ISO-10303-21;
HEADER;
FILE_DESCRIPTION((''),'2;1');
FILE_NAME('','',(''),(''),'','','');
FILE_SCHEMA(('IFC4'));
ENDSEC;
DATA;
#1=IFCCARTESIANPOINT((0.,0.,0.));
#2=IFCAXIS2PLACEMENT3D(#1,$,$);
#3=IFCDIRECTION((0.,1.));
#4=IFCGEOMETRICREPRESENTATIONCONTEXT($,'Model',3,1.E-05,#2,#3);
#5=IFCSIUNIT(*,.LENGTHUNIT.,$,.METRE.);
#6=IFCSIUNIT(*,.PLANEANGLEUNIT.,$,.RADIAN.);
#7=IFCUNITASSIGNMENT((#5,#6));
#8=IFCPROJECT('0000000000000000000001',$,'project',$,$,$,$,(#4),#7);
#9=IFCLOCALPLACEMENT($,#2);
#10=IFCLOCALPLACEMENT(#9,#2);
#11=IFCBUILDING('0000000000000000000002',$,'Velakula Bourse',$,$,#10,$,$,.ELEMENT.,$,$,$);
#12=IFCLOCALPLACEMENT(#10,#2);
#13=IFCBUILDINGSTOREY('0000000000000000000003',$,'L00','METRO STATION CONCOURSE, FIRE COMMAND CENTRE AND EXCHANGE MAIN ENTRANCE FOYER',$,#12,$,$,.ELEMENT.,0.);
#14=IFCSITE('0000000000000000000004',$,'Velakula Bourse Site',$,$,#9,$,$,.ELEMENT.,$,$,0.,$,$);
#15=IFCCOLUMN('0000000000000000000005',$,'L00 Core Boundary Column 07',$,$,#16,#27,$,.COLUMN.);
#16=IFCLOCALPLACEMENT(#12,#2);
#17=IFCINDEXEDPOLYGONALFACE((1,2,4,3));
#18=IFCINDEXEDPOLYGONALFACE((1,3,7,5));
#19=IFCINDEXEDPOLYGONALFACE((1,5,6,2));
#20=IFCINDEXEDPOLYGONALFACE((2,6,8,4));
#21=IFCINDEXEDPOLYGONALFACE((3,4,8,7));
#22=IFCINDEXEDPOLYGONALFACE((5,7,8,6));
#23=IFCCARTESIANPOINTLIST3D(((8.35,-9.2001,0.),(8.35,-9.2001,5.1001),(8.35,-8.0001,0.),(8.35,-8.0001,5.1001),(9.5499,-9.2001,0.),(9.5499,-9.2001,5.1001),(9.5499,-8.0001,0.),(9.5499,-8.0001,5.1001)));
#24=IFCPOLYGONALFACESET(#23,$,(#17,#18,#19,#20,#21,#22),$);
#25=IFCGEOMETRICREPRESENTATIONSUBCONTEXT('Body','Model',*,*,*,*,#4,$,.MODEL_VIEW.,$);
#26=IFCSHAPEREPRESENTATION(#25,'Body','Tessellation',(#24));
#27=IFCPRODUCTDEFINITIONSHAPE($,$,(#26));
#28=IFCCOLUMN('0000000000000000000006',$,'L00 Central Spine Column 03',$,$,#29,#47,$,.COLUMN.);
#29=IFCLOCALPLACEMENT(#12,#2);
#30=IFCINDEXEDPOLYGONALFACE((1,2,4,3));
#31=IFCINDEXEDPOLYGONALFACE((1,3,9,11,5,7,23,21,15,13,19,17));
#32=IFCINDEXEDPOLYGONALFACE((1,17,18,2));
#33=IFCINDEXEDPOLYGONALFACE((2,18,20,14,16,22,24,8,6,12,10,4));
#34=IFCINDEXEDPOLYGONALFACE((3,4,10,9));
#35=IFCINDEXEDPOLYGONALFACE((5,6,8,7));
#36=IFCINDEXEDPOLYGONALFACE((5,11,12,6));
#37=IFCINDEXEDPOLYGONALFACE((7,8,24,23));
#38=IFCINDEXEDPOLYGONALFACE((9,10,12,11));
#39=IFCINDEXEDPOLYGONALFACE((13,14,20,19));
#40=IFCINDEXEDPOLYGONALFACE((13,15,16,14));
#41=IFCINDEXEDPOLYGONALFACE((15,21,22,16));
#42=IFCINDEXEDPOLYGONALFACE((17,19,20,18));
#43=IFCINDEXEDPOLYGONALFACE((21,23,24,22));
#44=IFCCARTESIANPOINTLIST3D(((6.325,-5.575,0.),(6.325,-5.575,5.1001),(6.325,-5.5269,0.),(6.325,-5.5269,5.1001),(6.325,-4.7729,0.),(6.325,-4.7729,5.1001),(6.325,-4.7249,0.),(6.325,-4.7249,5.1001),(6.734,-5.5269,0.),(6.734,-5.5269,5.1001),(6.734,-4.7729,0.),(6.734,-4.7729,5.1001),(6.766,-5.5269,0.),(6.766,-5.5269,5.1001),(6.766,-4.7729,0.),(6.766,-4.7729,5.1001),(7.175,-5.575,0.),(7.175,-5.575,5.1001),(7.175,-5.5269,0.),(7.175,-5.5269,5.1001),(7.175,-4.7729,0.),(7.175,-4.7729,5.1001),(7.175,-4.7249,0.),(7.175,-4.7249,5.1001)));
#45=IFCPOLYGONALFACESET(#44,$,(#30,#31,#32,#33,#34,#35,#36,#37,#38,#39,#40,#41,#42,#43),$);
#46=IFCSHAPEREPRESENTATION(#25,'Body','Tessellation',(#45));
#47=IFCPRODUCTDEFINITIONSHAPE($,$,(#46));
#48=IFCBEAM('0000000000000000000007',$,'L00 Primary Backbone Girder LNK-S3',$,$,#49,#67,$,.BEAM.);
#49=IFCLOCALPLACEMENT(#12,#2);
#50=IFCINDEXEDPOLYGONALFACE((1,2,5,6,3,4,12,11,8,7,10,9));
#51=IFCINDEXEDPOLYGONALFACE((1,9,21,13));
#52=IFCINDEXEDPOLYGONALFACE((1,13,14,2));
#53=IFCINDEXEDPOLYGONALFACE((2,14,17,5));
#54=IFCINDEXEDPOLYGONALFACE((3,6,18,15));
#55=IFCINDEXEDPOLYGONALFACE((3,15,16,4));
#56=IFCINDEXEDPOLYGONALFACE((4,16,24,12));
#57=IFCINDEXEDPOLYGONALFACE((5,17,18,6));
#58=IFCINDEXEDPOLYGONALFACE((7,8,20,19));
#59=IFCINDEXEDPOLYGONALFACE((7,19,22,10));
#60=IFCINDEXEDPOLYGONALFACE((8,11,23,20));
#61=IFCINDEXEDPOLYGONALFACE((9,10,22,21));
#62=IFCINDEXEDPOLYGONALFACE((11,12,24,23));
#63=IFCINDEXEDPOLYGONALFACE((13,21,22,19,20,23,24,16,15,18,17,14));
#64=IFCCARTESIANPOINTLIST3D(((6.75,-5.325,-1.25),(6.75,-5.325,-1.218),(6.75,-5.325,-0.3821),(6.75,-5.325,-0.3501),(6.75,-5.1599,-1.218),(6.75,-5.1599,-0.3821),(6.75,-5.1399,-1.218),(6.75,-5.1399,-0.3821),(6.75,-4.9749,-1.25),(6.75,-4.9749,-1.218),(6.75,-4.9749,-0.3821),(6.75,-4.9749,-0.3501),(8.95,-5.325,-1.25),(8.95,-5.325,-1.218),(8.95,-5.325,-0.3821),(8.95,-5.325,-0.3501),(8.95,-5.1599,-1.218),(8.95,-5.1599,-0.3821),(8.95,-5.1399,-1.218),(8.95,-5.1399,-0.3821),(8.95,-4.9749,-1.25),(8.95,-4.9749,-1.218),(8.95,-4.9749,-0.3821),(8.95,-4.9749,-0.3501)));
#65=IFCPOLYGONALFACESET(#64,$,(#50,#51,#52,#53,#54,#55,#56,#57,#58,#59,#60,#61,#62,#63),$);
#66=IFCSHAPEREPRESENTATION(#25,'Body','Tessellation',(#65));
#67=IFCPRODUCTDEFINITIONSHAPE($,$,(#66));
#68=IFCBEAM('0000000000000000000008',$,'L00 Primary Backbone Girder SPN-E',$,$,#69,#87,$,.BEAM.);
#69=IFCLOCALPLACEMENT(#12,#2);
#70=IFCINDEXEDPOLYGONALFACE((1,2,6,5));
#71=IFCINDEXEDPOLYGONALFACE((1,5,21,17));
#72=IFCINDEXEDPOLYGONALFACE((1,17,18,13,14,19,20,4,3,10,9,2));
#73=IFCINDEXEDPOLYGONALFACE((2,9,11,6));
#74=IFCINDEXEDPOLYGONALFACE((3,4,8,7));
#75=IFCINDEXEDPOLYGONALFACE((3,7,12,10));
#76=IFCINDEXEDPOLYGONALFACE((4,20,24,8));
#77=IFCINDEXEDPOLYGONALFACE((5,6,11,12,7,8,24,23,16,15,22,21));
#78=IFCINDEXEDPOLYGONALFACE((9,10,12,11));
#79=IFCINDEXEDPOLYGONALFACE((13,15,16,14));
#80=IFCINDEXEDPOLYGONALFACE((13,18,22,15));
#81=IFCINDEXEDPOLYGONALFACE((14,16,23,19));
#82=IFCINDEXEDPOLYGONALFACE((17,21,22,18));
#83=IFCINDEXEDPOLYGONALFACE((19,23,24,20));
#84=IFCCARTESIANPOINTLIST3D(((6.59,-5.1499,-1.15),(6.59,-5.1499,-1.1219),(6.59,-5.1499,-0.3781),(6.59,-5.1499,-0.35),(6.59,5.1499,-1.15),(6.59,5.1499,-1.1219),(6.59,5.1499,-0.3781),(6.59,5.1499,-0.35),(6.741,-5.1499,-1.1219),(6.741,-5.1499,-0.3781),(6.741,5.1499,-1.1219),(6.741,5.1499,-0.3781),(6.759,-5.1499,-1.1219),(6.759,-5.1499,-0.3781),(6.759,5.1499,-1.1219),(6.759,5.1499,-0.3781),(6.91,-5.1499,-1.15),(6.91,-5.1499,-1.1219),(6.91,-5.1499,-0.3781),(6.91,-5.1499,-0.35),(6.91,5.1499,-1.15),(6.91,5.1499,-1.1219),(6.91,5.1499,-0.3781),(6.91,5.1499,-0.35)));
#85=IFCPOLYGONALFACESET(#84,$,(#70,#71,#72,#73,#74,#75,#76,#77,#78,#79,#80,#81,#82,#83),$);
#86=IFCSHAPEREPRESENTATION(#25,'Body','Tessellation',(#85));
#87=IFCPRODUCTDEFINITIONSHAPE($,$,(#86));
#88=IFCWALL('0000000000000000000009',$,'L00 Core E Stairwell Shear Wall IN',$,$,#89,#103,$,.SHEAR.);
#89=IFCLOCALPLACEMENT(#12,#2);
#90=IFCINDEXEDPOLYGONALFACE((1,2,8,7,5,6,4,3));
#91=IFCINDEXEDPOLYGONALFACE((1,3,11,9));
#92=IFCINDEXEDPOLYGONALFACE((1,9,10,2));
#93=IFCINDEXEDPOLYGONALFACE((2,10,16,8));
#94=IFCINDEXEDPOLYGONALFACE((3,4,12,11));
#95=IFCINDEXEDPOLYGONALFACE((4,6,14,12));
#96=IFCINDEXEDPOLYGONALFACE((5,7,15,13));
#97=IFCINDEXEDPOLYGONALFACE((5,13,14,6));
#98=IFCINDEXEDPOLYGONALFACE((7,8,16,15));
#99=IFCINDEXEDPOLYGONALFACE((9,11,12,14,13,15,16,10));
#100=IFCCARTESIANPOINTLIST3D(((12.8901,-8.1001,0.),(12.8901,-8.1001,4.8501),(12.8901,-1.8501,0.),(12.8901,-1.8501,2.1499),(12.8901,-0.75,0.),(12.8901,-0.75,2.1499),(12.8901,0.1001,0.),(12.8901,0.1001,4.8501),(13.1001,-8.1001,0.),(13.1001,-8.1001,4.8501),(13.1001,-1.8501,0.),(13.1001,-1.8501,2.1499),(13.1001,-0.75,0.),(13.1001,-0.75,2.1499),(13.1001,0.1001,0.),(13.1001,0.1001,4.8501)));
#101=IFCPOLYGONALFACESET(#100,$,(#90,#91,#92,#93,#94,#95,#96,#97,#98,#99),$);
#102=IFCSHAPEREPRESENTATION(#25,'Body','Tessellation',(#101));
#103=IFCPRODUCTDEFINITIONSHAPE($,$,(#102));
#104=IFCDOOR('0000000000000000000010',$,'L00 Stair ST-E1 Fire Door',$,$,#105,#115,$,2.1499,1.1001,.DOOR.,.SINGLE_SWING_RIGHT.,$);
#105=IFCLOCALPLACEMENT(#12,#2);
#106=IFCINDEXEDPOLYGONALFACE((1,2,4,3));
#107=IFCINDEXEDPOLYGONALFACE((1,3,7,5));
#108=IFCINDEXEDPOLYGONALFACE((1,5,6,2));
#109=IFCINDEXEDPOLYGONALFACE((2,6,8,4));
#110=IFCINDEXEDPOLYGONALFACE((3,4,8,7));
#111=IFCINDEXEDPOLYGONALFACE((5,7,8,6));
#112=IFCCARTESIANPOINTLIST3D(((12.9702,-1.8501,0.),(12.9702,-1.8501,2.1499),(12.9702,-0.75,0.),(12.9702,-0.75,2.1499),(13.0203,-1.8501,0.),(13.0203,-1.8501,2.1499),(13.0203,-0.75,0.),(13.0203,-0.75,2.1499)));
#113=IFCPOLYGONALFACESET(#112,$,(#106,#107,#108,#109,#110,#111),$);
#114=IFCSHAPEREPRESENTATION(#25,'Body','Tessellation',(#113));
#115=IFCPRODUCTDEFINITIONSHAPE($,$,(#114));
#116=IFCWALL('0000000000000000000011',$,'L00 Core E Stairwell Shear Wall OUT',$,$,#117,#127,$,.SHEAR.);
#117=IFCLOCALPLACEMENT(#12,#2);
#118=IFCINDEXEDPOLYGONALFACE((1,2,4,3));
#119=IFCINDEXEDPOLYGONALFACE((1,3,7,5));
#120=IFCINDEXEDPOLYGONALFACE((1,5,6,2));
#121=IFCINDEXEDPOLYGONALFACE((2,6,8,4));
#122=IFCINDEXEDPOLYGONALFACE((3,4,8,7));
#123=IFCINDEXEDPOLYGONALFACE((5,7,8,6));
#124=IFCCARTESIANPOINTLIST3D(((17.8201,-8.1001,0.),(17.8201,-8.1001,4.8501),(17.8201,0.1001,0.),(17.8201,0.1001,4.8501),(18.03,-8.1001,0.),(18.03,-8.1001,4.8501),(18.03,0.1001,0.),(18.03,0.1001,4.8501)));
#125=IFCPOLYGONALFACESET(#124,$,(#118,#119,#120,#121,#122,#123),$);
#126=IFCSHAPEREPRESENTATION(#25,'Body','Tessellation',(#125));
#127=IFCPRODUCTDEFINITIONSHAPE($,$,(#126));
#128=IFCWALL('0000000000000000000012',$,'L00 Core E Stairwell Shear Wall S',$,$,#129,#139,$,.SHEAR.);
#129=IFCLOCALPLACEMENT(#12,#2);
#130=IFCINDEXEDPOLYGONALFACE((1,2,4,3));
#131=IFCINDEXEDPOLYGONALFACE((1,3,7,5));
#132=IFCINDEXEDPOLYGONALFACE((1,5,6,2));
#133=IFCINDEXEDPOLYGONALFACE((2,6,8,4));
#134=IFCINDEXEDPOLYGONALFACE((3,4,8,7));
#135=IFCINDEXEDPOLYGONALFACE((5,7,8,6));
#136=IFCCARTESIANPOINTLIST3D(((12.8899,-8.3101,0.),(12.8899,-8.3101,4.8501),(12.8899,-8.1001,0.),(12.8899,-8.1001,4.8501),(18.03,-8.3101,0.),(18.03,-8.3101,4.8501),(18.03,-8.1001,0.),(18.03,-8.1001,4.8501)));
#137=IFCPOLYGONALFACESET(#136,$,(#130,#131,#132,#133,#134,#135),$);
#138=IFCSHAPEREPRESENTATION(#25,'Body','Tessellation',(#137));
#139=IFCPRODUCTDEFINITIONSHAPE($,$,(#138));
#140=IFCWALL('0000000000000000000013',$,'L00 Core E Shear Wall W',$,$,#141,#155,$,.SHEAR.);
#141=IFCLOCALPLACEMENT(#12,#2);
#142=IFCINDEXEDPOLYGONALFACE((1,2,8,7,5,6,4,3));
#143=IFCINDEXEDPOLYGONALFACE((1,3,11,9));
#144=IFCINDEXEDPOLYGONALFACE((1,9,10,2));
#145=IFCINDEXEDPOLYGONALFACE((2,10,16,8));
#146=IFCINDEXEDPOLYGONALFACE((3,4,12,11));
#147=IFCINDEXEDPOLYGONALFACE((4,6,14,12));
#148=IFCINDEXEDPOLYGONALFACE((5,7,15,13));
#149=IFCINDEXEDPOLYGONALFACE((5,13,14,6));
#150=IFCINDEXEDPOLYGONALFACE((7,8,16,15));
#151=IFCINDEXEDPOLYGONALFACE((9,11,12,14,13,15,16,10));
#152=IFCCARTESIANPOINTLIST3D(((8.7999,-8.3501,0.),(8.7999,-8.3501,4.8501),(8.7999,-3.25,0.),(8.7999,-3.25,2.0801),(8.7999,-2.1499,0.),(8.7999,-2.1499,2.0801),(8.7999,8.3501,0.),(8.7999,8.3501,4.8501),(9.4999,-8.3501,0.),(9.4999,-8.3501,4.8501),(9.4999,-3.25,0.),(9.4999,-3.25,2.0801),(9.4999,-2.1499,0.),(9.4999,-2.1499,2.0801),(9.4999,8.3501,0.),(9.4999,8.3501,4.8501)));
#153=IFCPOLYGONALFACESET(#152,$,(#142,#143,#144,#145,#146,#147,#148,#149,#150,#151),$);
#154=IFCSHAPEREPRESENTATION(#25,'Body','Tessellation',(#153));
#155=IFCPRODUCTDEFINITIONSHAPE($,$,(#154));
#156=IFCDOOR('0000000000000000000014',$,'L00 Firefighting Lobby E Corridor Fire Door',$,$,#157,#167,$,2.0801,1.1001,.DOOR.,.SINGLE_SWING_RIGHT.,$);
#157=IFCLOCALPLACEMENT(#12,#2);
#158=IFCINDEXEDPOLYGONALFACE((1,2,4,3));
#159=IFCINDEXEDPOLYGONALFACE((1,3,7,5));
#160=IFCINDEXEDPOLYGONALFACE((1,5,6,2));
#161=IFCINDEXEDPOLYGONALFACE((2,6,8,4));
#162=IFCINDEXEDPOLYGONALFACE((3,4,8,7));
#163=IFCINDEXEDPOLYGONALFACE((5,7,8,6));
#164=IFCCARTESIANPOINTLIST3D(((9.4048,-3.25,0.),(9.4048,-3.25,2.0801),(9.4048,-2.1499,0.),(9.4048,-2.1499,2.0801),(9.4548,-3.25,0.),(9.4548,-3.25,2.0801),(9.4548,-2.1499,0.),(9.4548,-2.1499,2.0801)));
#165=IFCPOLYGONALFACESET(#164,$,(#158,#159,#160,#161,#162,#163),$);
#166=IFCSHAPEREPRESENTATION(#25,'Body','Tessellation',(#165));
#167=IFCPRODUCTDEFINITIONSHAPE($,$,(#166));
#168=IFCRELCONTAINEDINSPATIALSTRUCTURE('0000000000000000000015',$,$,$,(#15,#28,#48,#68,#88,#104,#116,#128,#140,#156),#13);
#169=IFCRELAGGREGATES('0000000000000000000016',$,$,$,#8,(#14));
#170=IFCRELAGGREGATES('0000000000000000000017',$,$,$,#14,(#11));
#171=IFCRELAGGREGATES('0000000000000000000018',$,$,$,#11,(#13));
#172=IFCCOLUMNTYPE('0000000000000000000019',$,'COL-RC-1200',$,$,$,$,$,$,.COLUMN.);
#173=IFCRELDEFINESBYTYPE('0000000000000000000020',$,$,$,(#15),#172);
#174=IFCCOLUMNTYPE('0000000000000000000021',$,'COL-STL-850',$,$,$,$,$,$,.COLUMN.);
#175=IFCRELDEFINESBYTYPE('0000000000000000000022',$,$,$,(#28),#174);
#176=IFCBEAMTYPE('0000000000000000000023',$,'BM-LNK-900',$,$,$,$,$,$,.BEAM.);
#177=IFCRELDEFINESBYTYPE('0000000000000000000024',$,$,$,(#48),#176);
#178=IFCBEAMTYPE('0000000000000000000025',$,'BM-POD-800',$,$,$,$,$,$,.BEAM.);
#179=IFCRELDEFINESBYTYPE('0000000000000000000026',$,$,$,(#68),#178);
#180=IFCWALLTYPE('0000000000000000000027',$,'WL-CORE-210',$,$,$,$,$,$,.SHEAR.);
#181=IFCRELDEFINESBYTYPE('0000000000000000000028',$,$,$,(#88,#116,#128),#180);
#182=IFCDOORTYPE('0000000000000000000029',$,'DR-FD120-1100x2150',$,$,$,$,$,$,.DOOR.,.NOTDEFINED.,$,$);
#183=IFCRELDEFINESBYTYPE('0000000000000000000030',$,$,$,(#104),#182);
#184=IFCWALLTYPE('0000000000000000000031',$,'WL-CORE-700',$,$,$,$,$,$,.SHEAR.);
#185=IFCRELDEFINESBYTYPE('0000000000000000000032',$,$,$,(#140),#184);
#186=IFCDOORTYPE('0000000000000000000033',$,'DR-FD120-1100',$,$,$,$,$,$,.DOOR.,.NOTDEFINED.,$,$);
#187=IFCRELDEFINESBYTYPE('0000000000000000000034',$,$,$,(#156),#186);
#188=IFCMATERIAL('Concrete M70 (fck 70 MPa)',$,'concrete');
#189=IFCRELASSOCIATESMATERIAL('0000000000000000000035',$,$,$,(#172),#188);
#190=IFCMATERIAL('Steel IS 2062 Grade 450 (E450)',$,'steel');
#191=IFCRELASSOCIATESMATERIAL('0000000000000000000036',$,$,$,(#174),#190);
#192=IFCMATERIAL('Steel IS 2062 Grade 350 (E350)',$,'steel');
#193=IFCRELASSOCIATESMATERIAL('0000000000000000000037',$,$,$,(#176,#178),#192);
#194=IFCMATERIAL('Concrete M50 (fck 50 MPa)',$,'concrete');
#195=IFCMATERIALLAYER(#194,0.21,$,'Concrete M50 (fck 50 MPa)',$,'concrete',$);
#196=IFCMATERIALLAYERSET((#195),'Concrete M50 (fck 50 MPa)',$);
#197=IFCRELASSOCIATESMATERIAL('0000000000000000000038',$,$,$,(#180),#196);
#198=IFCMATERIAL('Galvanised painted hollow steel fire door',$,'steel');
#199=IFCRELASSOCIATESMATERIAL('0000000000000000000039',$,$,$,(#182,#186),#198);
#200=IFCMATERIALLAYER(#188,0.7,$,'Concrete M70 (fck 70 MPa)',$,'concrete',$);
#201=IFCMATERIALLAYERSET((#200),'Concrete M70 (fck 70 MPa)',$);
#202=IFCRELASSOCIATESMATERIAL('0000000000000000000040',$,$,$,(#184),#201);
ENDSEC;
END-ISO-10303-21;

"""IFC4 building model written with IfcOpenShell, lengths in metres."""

from ifc_helpers import new_model, si_unit, direction, frame, frame_2d, origin, origin_2d, place, context, subcontext, project, spatial, rectangle, i_section, extrude, material, layer, layer_set, material_profile, profile_set, type_object, element, fill, save


model = new_model("IFC4")

# Units and contexts
model_context = context("Model", 3, precision=1e-05, world=origin(), true_north=direction((0.0, 1.0)))
body_context = subcontext(model_context, "Body", "Model", "MODEL_VIEW")
ifc_project = project(units=[si_unit("LENGTHUNIT", "METRE"), si_unit("PLANEANGLEUNIT", "RADIAN")], contexts=[model_context])

# Site, building, storey
site_placement = place(None, origin())
site = spatial("IfcSite", under=ifc_project, at=site_placement, Name="Velakula Bourse Site", CompositionType="ELEMENT", RefElevation=0.0)
building_placement = place(site_placement, origin())
building = spatial("IfcBuilding", under=site, at=building_placement, Name="Velakula Bourse", CompositionType="ELEMENT")
storey_placement = place(building_placement, origin())
storey = spatial("IfcBuildingStorey", under=building, at=storey_placement, Name="L00", Description="METRO STATION CONCOURSE, FIRE COMMAND CENTRE AND EXCHANGE MAIN ENTRANCE FOYER", CompositionType="ELEMENT", Elevation=0.0)

# Columns
ifc_material_1 = material(Name="Concrete M70 (fck 70 MPa)", Category="concrete")
ifc_material_profile_1 = material_profile(ifc_material_1, rectangle(XDim=1.2, YDim=1.2, at=origin_2d()), Name="Concrete M70 (fck 70 MPa)")
ifc_profile_set_1 = profile_set([ifc_material_profile_1], Name="Concrete M70 (fck 70 MPa)")
column_type_1 = type_object("IfcColumnType", Name="COL-RC-1200", PredefinedType="COLUMN", material=ifc_profile_set_1)
column_1_placement = place(storey_placement, frame((8.95, -8.6001, 0.0), z_axis=(0.0, 0.0, 1.0), x_axis=(1.0, 0.0, 0.0)))
element("IfcColumn", 1, at=column_1_placement, inside=storey, type_object=column_type_1, Name="L00 Core Boundary Column 07", PredefinedType="COLUMN", context=body_context, shape_type="SweptSolid", body=[
    extrude(rectangle(XDim=1.2, YDim=1.2, at=origin_2d()), origin(), (0.0, 0.0, 1.0), 5.1001),
])
ifc_material_2 = material(Name="Steel IS 2062 Grade 450 (E450)", Category="steel")
ifc_material_profile_2 = material_profile(ifc_material_2, i_section(OverallWidth=0.8501, OverallDepth=0.8501, WebThickness=0.032, FlangeThickness=0.0481, at=origin_2d()), Name="Steel IS 2062 Grade 450 (E450)")
ifc_profile_set_2 = profile_set([ifc_material_profile_2], Name="Steel IS 2062 Grade 450 (E450)")
column_type_2 = type_object("IfcColumnType", Name="COL-STL-850", PredefinedType="COLUMN", material=ifc_profile_set_2)
column_2_placement = place(storey_placement, frame((6.75, -5.1499, 0.0), z_axis=(0.0, 0.0, 1.0), x_axis=(1.0, 0.0, 0.0)))
element("IfcColumn", 2, at=column_2_placement, inside=storey, type_object=column_type_2, Name="L00 Central Spine Column 03", PredefinedType="COLUMN", context=body_context, shape_type="SweptSolid", body=[
    extrude(i_section(OverallWidth=0.8501, OverallDepth=0.8501, WebThickness=0.032, FlangeThickness=0.0481, at=origin_2d()), origin(), (0.0, 0.0, 1.0), 5.1001),
])

# Beams
ifc_material_3 = material(Name="Steel IS 2062 Grade 350 (E350)", Category="steel")
ifc_material_profile_3 = material_profile(ifc_material_3, i_section(OverallWidth=0.3501, OverallDepth=0.8999, WebThickness=0.02, FlangeThickness=0.032, at=origin_2d()), Name="Steel IS 2062 Grade 350 (E350)")
ifc_profile_set_3 = profile_set([ifc_material_profile_3], Name="Steel IS 2062 Grade 350 (E350)")
beam_type_1 = type_object("IfcBeamType", Name="BM-LNK-900", PredefinedType="BEAM", material=ifc_profile_set_3)
beam_1_placement = place(storey_placement, frame((6.75, -5.1499, -0.8), z_axis=(1.0, 0.0, 0.0), x_axis=(0.0, 1.0, 0.0)))
element("IfcBeam", 3, at=beam_1_placement, inside=storey, type_object=beam_type_1, Name="L00 Primary Backbone Girder LNK-S3", PredefinedType="BEAM", context=body_context, shape_type="SweptSolid", body=[
    extrude(i_section(OverallWidth=0.3501, OverallDepth=0.8999, WebThickness=0.02, FlangeThickness=0.032, at=origin_2d()), origin(), (0.0, 0.0, 1.0), 2.2),
])
ifc_material_profile_4 = material_profile(ifc_material_3, i_section(OverallWidth=0.3201, OverallDepth=0.8, WebThickness=0.0181, FlangeThickness=0.0281, at=origin_2d()), Name="Steel IS 2062 Grade 350 (E350)")
ifc_profile_set_4 = profile_set([ifc_material_profile_4], Name="Steel IS 2062 Grade 350 (E350)")
beam_type_2 = type_object("IfcBeamType", Name="BM-POD-800", PredefinedType="BEAM", material=ifc_profile_set_4)
beam_2_placement = place(storey_placement, frame((6.75, -5.1499, -0.75), z_axis=(0.0, 1.0, 0.0), x_axis=(-1.0, 0.0, 0.0)))
element("IfcBeam", 4, at=beam_2_placement, inside=storey, type_object=beam_type_2, Name="L00 Primary Backbone Girder SPN-E", PredefinedType="BEAM", context=body_context, shape_type="SweptSolid", body=[
    extrude(i_section(OverallWidth=0.3201, OverallDepth=0.8, WebThickness=0.0181, FlangeThickness=0.0281, at=origin_2d()), origin(), (0.0, 0.0, 1.0), 10.2998),
])

# Wall, opening, door
ifc_material_4 = material(Name="Concrete M50 (fck 50 MPa)", Category="concrete")
ifc_layer_1 = layer(ifc_material_4, 0.21, Name="Concrete M50 (fck 50 MPa)", Category="concrete")
ifc_layer_set_1 = layer_set([ifc_layer_1], Name="Concrete M50 (fck 50 MPa)")
wall_type_1 = type_object("IfcWallType", Name="WL-CORE-210", PredefinedType="SHEAR", material=ifc_layer_set_1)
wall_1_placement = place(storey_placement, frame((12.9951, -8.1001, 0.0), z_axis=(0.0, 0.0, 1.0), x_axis=(0.0, 1.0, 0.0)))
wall_1 = element("IfcWall", 5, at=wall_1_placement, inside=storey, type_object=wall_type_1, Name="L00 Core E Stairwell Shear Wall IN", PredefinedType="SHEAR", context=body_context, shape_type="SweptSolid", body=[
    extrude(rectangle(XDim=8.2002, YDim=0.21, at=frame_2d((4.1001, 0.0))), origin(), (0.0, 0.0, 1.0), 4.8501),
])
opening_1_placement = place(wall_1_placement, frame((6.25, 0.0, 0.0)))
opening_1 = element("IfcOpeningElement", 6, at=opening_1_placement, cuts=wall_1, PredefinedType="OPENING", context=body_context, shape_type="SweptSolid", body=[
    extrude(rectangle(XDim=1.1001, YDim=2.1499, at=frame_2d((0.55, 1.075))), frame((0.0, 0.115, 0.0), z_axis=(0.0, -1.0, 0.0), x_axis=(1.0, 0.0, 0.0)), (0.0, 0.0, 1.0), 0.23),
])
ifc_material_5 = material(Name="Galvanised painted hollow steel fire door", Category="steel")
door_type_1 = type_object("IfcDoorType", Name="DR-FD120-1100x2150", OperationType="NOTDEFINED", PredefinedType="DOOR", material=ifc_material_5)
door_1_placement = place(opening_1_placement, origin())
door_1 = element("IfcDoor", 7, at=door_1_placement, inside=storey, type_object=door_type_1, Name="L00 Stair ST-E1 Fire Door", OperationType="SINGLE_SWING_RIGHT", OverallHeight=2.1499, OverallWidth=1.1001, PredefinedType="DOOR", context=body_context, shape_type="SweptSolid", body=[
    extrude(rectangle(XDim=1.1001, YDim=2.1499, at=frame_2d((0.55, 1.075))), frame((0.0, 0.0249, 0.0), z_axis=(0.0, -1.0, 0.0), x_axis=(1.0, 0.0, 0.0)), (0.0, 0.0, 1.0), 0.05),
])
fill(opening_1, door_1)

# Walls
wall_2_placement = place(storey_placement, frame((17.925, -8.1001, 0.0), z_axis=(0.0, 0.0, 1.0), x_axis=(0.0, 1.0, 0.0)))
element("IfcWall", 8, at=wall_2_placement, inside=storey, type_object=wall_type_1, Name="L00 Core E Stairwell Shear Wall OUT", PredefinedType="SHEAR", context=body_context, shape_type="SweptSolid", body=[
    extrude(rectangle(XDim=8.2002, YDim=0.21, at=frame_2d((4.1001, 0.0))), origin(), (0.0, 0.0, 1.0), 4.8501),
])
wall_3_placement = place(storey_placement, frame((12.8899, -8.2051, 0.0), z_axis=(0.0, 0.0, 1.0), x_axis=(1.0, 0.0, 0.0)))
element("IfcWall", 9, at=wall_3_placement, inside=storey, type_object=wall_type_1, Name="L00 Core E Stairwell Shear Wall S", PredefinedType="SHEAR", context=body_context, shape_type="SweptSolid", body=[
    extrude(rectangle(XDim=5.1401, YDim=0.21, at=frame_2d((2.5701, 0.0))), origin(), (0.0, 0.0, 1.0), 4.8501),
])

# Wall, opening, door
ifc_layer_2 = layer(ifc_material_1, 0.7, Name="Concrete M70 (fck 70 MPa)", Category="concrete")
ifc_layer_set_2 = layer_set([ifc_layer_2], Name="Concrete M70 (fck 70 MPa)")
wall_type_2 = type_object("IfcWallType", Name="WL-CORE-700", PredefinedType="SHEAR", material=ifc_layer_set_2)
wall_4_placement = place(storey_placement, frame((9.1499, -8.3501, 0.0), z_axis=(0.0, 0.0, 1.0), x_axis=(0.0, 1.0, 0.0)))
wall_4 = element("IfcWall", 10, at=wall_4_placement, inside=storey, type_object=wall_type_2, Name="L00 Core E Shear Wall W", PredefinedType="SHEAR", context=body_context, shape_type="SweptSolid", body=[
    extrude(rectangle(XDim=16.7002, YDim=0.7, at=frame_2d((8.3501, 0.0))), origin(), (0.0, 0.0, 1.0), 4.8501),
])
opening_2_placement = place(wall_4_placement, frame((5.1001, 0.0, 0.0)))
opening_2 = element("IfcOpeningElement", 11, at=opening_2_placement, cuts=wall_4, PredefinedType="OPENING", context=body_context, shape_type="SweptSolid", body=[
    extrude(rectangle(XDim=1.1001, YDim=2.0801, at=frame_2d((0.55, 1.04))), frame((0.0, 0.3599, 0.0), z_axis=(0.0, -1.0, 0.0), x_axis=(1.0, 0.0, 0.0)), (0.0, 0.0, 1.0), 0.72),
])
door_type_2 = type_object("IfcDoorType", Name="DR-FD120-1100", OperationType="NOTDEFINED", PredefinedType="DOOR", material=ifc_material_5)
door_2_placement = place(opening_2_placement, origin())
door_2 = element("IfcDoor", 12, at=door_2_placement, inside=storey, type_object=door_type_2, Name="L00 Firefighting Lobby E Corridor Fire Door", OperationType="SINGLE_SWING_RIGHT", OverallHeight=2.0801, OverallWidth=1.1001, PredefinedType="DOOR", context=body_context, shape_type="SweptSolid", body=[
    extrude(rectangle(XDim=1.1001, YDim=2.0801, at=frame_2d((0.55, 1.04))), frame((0.0, -0.2549, 0.0), z_axis=(0.0, -1.0, 0.0), x_axis=(1.0, 0.0, 0.0)), (0.0, 0.0, 1.0), 0.05),
])
fill(opening_2, door_2)

save(model, "model.ifc")
